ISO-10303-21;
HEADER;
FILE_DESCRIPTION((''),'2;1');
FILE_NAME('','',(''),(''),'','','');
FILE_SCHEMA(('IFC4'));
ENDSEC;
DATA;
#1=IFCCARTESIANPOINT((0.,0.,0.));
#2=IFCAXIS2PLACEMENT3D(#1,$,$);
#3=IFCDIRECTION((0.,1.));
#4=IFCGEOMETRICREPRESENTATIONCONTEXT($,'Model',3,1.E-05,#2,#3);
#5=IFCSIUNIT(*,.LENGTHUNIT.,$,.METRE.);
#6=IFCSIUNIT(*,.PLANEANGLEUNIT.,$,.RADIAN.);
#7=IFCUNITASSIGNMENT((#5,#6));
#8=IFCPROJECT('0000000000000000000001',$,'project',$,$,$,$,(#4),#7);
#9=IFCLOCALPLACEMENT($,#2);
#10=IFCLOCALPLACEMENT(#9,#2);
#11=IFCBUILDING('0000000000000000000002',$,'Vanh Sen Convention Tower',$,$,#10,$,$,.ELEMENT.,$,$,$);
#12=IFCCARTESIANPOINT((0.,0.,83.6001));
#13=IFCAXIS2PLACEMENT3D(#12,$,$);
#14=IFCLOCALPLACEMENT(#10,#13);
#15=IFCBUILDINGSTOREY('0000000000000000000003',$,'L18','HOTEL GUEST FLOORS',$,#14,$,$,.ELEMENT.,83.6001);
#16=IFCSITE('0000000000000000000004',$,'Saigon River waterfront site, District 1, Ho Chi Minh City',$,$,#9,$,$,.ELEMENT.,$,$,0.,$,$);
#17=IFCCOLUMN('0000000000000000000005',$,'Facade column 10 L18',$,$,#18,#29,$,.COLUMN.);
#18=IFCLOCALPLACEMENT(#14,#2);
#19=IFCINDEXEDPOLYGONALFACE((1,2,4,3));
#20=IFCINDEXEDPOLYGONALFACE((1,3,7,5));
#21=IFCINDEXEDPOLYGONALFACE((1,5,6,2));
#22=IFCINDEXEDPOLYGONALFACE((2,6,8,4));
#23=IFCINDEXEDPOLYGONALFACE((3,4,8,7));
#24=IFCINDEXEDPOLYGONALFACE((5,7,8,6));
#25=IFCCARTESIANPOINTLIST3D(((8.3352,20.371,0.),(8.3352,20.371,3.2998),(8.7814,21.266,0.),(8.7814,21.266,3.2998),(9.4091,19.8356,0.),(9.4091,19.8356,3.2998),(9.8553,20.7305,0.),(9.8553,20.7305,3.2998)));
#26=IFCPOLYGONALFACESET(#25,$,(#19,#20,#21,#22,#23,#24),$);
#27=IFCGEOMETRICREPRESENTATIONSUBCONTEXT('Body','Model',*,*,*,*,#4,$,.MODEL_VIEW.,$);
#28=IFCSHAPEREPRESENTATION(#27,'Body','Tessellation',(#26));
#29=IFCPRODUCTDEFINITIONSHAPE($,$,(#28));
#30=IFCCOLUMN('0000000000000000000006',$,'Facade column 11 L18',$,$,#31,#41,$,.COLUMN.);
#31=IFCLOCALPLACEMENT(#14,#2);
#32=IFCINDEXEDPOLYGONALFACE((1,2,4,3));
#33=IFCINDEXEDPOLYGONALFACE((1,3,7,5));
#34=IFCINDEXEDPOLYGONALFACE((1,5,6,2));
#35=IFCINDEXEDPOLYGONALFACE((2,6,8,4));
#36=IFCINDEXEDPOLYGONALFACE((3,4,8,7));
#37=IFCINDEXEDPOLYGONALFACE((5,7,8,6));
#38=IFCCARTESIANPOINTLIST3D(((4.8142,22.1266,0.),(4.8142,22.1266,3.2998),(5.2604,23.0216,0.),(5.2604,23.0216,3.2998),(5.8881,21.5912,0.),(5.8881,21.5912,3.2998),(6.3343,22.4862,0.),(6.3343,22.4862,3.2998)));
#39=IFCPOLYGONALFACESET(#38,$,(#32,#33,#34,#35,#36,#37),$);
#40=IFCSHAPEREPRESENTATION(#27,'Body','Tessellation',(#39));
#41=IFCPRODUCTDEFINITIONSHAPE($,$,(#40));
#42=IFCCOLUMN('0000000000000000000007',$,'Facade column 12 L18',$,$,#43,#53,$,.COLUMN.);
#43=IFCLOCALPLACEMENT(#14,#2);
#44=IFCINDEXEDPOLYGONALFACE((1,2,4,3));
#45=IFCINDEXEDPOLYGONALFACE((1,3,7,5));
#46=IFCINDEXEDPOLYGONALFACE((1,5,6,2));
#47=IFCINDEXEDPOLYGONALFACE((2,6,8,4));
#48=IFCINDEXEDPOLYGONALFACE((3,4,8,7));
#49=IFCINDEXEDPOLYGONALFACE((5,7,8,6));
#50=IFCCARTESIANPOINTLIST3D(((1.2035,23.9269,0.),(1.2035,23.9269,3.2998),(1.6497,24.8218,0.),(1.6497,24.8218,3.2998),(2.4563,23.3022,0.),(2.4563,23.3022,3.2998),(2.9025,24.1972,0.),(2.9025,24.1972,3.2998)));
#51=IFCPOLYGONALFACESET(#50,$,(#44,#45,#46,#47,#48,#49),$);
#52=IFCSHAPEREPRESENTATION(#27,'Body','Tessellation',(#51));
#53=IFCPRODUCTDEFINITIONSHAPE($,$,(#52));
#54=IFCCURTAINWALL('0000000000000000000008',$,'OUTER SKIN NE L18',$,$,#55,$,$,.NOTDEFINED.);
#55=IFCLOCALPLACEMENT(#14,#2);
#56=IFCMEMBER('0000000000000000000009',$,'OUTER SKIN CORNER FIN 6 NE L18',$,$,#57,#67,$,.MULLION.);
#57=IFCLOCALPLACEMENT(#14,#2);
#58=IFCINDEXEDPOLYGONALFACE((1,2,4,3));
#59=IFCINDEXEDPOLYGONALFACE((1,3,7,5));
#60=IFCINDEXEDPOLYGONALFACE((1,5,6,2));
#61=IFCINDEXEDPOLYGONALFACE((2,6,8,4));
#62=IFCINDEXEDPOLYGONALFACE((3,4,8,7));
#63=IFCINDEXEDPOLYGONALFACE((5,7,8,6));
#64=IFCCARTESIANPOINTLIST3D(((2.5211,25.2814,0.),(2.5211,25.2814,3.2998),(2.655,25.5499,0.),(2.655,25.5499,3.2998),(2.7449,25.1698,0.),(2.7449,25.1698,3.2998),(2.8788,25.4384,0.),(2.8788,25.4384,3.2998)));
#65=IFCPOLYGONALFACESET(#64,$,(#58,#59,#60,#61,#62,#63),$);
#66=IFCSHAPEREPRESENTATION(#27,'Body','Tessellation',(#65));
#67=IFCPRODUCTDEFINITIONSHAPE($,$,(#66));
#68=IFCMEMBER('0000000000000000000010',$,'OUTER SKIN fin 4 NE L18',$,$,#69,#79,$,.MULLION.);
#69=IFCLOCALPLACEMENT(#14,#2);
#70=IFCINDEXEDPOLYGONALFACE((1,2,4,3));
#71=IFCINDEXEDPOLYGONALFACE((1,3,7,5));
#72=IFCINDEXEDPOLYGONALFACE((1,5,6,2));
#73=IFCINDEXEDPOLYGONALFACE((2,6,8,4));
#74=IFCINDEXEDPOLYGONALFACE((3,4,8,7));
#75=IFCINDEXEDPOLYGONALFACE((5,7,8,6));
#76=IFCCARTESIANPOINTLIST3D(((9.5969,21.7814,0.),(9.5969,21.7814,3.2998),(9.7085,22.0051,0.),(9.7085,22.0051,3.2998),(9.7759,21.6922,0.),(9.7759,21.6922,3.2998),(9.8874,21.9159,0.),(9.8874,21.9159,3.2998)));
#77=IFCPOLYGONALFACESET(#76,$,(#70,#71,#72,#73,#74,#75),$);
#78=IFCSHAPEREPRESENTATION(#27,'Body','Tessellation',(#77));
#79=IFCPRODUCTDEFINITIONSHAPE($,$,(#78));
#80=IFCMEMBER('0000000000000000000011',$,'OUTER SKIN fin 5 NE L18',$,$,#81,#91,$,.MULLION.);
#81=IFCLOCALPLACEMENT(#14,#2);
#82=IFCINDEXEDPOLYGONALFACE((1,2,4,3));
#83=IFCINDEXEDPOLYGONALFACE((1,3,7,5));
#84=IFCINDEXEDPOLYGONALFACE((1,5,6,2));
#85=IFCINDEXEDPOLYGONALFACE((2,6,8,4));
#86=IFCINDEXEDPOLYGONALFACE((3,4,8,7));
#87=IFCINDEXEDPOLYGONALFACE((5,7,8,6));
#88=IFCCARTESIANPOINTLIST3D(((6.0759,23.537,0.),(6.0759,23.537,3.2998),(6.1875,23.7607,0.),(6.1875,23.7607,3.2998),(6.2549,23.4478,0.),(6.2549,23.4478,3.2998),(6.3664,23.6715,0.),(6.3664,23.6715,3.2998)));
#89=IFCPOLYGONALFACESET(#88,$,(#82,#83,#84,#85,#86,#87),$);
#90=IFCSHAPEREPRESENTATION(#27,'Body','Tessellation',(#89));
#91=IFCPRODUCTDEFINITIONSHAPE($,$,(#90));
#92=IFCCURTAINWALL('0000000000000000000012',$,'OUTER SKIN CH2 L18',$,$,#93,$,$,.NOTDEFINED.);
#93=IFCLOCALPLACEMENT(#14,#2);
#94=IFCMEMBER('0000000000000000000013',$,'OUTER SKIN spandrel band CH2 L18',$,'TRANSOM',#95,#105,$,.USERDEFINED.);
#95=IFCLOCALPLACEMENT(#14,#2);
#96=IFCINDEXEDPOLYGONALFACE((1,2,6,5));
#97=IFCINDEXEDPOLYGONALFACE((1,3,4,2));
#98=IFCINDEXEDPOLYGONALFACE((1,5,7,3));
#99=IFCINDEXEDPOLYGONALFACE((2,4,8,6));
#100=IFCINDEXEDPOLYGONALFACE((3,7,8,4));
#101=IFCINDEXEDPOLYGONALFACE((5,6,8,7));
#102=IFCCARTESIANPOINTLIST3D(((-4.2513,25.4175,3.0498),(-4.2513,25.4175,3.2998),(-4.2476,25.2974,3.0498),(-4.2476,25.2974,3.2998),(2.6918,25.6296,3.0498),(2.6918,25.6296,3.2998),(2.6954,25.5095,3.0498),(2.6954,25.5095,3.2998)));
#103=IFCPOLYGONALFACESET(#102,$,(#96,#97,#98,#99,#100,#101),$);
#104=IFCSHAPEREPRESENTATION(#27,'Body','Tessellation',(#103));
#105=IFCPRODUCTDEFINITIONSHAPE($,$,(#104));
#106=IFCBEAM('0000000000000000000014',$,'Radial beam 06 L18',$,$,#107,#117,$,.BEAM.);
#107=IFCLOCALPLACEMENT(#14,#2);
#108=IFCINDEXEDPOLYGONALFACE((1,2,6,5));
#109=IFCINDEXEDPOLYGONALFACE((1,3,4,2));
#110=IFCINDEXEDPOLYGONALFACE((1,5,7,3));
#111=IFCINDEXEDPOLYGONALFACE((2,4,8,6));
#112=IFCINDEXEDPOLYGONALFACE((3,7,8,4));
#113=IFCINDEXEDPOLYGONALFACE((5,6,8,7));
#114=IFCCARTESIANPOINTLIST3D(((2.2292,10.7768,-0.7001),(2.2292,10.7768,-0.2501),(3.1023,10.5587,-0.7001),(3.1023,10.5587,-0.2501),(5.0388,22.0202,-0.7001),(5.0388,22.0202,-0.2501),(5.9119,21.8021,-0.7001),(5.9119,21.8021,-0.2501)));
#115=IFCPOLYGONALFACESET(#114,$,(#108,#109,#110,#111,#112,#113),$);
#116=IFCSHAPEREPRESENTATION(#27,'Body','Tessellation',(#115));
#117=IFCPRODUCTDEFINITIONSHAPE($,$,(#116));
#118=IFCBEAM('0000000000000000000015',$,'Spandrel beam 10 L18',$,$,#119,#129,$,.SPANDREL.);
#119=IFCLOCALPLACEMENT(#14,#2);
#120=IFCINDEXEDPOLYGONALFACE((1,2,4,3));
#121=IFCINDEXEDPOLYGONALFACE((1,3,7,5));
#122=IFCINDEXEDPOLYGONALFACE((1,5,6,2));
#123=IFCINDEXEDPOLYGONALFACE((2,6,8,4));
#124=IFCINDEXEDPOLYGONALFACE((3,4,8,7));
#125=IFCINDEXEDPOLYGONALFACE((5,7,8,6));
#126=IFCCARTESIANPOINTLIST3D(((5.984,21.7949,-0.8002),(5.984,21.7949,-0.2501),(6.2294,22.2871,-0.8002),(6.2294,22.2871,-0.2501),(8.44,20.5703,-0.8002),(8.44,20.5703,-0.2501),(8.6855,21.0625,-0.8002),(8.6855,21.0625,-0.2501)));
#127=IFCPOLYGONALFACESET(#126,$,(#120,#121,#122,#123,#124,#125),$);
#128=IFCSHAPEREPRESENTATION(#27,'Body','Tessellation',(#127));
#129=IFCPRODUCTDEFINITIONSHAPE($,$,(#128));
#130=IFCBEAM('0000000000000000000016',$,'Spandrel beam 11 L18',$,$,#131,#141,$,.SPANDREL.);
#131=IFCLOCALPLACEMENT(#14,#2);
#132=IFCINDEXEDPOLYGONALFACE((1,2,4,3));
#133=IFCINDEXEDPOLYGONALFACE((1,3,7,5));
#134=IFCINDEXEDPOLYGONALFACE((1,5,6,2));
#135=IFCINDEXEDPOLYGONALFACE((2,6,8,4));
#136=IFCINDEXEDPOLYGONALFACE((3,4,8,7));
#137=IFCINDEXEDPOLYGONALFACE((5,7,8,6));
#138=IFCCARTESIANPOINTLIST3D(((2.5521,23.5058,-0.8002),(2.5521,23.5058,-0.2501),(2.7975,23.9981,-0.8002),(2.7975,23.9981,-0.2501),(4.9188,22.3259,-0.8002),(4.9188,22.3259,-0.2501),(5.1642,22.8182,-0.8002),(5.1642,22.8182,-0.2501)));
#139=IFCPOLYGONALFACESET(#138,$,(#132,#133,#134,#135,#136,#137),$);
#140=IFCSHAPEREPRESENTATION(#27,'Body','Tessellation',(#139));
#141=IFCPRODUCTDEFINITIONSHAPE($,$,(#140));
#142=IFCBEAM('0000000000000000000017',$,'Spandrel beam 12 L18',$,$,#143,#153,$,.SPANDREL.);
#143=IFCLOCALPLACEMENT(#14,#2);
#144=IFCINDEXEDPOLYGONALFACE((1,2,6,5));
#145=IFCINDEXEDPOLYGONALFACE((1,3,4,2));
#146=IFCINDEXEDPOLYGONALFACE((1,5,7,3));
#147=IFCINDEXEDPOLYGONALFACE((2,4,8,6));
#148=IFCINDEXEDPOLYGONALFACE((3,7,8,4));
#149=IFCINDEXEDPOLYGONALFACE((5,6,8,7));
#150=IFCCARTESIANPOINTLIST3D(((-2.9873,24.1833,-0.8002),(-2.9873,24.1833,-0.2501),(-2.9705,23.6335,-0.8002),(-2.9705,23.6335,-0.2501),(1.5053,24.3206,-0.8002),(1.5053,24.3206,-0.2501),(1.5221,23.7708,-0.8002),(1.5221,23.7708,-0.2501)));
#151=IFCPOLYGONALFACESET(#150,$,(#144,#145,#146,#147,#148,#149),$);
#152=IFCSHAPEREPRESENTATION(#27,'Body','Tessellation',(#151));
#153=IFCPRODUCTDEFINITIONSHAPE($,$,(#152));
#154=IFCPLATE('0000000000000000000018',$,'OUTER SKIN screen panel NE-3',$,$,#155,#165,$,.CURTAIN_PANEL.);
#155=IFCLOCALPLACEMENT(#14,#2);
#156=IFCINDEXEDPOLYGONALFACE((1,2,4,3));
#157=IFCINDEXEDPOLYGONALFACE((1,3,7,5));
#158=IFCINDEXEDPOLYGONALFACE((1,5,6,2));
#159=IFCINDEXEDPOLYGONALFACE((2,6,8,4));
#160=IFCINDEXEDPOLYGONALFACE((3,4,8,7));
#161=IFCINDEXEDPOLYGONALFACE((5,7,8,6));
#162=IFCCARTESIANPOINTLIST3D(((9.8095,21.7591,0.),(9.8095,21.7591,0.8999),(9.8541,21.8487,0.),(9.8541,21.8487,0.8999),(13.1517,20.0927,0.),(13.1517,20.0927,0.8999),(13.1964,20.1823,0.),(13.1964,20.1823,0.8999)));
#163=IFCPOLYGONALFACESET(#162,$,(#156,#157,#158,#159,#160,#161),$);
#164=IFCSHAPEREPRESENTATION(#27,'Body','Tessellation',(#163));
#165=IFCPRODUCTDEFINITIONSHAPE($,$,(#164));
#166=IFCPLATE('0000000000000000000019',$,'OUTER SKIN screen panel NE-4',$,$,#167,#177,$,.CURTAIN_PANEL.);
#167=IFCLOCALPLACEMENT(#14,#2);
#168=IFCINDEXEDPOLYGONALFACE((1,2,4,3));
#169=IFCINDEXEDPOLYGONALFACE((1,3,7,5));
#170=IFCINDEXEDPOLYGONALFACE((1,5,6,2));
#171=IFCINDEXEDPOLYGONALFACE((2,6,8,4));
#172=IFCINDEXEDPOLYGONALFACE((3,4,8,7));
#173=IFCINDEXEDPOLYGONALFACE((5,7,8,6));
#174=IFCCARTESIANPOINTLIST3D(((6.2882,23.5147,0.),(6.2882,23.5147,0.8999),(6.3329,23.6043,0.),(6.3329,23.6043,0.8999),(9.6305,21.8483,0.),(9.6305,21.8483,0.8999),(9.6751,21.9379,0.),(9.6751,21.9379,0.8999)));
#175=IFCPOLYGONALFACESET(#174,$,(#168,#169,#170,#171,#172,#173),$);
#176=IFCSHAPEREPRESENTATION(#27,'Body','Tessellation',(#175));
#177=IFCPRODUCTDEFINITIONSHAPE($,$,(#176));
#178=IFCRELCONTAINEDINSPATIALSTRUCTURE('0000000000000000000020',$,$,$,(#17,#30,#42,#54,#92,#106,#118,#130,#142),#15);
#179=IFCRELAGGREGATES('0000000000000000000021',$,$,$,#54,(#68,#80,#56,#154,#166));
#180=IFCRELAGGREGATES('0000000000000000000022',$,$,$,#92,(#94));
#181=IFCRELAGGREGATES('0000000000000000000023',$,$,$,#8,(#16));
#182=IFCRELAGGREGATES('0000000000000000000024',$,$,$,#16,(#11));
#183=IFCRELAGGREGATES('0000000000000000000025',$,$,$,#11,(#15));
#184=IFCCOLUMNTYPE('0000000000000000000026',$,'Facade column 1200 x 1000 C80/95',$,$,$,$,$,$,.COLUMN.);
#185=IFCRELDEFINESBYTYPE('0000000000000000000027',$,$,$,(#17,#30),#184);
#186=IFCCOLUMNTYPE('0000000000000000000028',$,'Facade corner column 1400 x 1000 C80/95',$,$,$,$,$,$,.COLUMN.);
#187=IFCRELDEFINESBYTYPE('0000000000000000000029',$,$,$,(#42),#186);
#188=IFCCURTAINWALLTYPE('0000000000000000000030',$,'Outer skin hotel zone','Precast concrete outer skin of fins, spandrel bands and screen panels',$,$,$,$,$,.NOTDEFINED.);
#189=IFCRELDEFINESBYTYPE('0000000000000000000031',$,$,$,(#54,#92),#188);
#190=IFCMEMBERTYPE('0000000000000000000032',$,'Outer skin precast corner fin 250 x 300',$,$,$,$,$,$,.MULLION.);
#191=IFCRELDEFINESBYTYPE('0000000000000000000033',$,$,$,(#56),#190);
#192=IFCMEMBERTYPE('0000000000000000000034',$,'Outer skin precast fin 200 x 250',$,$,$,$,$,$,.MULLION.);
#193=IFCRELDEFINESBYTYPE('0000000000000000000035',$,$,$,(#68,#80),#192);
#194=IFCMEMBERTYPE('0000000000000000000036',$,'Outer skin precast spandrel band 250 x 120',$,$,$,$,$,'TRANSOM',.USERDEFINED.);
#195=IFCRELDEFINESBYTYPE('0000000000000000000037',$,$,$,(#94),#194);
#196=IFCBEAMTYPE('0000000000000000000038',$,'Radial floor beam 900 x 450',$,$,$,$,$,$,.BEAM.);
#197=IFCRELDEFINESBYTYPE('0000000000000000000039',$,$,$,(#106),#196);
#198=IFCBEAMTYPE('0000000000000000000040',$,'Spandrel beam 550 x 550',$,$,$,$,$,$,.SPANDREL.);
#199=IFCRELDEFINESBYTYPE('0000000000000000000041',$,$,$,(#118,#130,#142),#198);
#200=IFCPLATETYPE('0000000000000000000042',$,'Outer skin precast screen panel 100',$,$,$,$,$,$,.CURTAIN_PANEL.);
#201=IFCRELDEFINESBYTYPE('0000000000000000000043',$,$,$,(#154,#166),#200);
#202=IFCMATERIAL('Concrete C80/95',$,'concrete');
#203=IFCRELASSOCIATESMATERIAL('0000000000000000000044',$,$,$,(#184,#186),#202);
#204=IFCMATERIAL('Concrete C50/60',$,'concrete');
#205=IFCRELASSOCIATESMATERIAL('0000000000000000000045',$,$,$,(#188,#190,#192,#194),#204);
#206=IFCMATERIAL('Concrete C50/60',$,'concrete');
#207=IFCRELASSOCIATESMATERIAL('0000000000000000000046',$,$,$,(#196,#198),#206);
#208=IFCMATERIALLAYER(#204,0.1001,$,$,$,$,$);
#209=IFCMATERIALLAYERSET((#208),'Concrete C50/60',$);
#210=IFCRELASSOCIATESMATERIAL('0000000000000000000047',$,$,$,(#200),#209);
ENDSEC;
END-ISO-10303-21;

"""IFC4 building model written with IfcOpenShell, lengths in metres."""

from ifc_helpers import new_model, si_unit, direction, frame, origin, origin_2d, place, context, subcontext, project, spatial, rectangle, extrude, material, layer, layer_set, material_profile, profile_set, type_object, element, aggregate, save


model = new_model("IFC4")

# Units and contexts
model_context = context("Model", 3, precision=1e-05, world=origin(), true_north=direction((0.0, 1.0)))
body_context = subcontext(model_context, "Body", "Model", "MODEL_VIEW")
ifc_project = project(units=[si_unit("LENGTHUNIT", "METRE"), si_unit("PLANEANGLEUNIT", "RADIAN")], contexts=[model_context])

# Site, building, storey
site_placement = place(None, origin())
site = spatial("IfcSite", under=ifc_project, at=site_placement, Name="Saigon River waterfront site, District 1, Ho Chi Minh City", CompositionType="ELEMENT", RefElevation=0.0)
building_placement = place(site_placement, origin())
building = spatial("IfcBuilding", under=site, at=building_placement, Name="Vanh Sen Convention Tower", CompositionType="ELEMENT")
storey_placement = place(building_placement, frame((0.0, 0.0, 83.6001)))
storey = spatial("IfcBuildingStorey", under=building, at=storey_placement, Name="L18", Description="HOTEL GUEST FLOORS", CompositionType="ELEMENT", Elevation=83.6001)

# Columns
ifc_material_1 = material(Name="Concrete C80/95", Category="concrete")
ifc_material_profile_1 = material_profile(ifc_material_1, rectangle(XDim=1.2, YDim=1.0, at=origin_2d()), Name="RC 1200X1000")
ifc_profile_set_1 = profile_set([ifc_material_profile_1], Name="Concrete C80/95")
column_type_1 = type_object("IfcColumnType", Name="Facade column 1200 x 1000 C80/95", PredefinedType="COLUMN", material=ifc_profile_set_1)
for number, where, z_axis, x_axis, name in (
    (1, (9.0952, 20.5508, 0.0), (0.0, 0.0, 1.0), (-0.894934, 0.446198, 0.0), "Facade column 10 L18"),
    (2, (5.5742, 22.3064, 0.0), (0.0, 0.0, 1.0), (-0.894934, 0.446198, 0.0), "Facade column 11 L18"),
):
    element("IfcColumn", number, at=place(storey_placement, frame(where, z_axis=z_axis, x_axis=x_axis)), inside=storey, type_object=column_type_1, Name=name, PredefinedType="COLUMN", context=body_context, shape_type="SweptSolid", body=[
        extrude(rectangle(XDim=1.2, YDim=1.0, at=origin_2d()), origin(), (0.0, 0.0, 1.0), 3.2998),
    ])
ifc_material_profile_2 = material_profile(ifc_material_1, rectangle(XDim=1.3999, YDim=1.0, at=origin_2d()), Name="RC 1400X1000")
ifc_profile_set_2 = profile_set([ifc_material_profile_2], Name="Concrete C80/95")
column_type_2 = type_object("IfcColumnType", Name="Facade corner column 1400 x 1000 C80/95", PredefinedType="COLUMN", material=ifc_profile_set_2)
column_placement = place(storey_placement, frame((2.053, 24.062, 0.0), z_axis=(0.0, 0.0, 1.0), x_axis=(-0.894934, 0.446198, 0.0)))
element("IfcColumn", 3, at=column_placement, inside=storey, type_object=column_type_2, Name="Facade column 12 L18", PredefinedType="COLUMN", context=body_context, shape_type="SweptSolid", body=[
    extrude(rectangle(XDim=1.3999, YDim=1.0, at=origin_2d()), origin(), (0.0, 0.0, 1.0), 3.2998),
])

# Curtain wall, members
ifc_material_2 = material(Name="Concrete C50/60", Category="concrete")
curtain_wall_type = type_object("IfcCurtainWallType", Name="Outer skin hotel zone", Description="Precast concrete outer skin of fins, spandrel bands and screen panels", PredefinedType="NOTDEFINED", material=ifc_material_2)
curtain_wall_1_placement = place(storey_placement, origin())
curtain_wall_1 = element("IfcCurtainWall", 4, at=curtain_wall_1_placement, inside=storey, type_object=curtain_wall_type, Name="OUTER SKIN NE L18", PredefinedType="NOTDEFINED")
ifc_material_profile_3 = material_profile(ifc_material_2, rectangle(XDim=0.25, YDim=0.3, at=origin_2d()), Name="Outer skin precast corner fin 250 x 300")
ifc_profile_set_3 = profile_set([ifc_material_profile_3], Name="Concrete C50/60")
member_type_1 = type_object("IfcMemberType", Name="Outer skin precast corner fin 250 x 300", PredefinedType="MULLION", material=ifc_profile_set_3)
member_1_placement = place(storey_placement, frame((2.7, 25.3599, 0.0), z_axis=(0.0, 0.0, 1.0), x_axis=(-0.894934, 0.446198, 0.0)))
member_1 = element("IfcMember", 5, at=member_1_placement, type_object=member_type_1, Name="OUTER SKIN CORNER FIN 6 NE L18", PredefinedType="MULLION", context=body_context, shape_type="SweptSolid", body=[
    extrude(rectangle(XDim=0.25, YDim=0.3, at=origin_2d()), origin(), (0.0, 0.0, 1.0), 3.2998),
])
ifc_material_profile_4 = material_profile(ifc_material_2, rectangle(XDim=0.2, YDim=0.25, at=origin_2d()), Name="Outer skin precast fin 200 x 250")
ifc_profile_set_4 = profile_set([ifc_material_profile_4], Name="Concrete C50/60")
member_type_2 = type_object("IfcMemberType", Name="Outer skin precast fin 200 x 250", PredefinedType="MULLION", material=ifc_profile_set_4)
member_2_placement = place(storey_placement, frame((9.7422, 21.8486, 0.0), z_axis=(0.0, 0.0, 1.0), x_axis=(-0.894934, 0.446198, 0.0)))
member_2 = element("IfcMember", 6, at=member_2_placement, type_object=member_type_2, Name="OUTER SKIN fin 4 NE L18", PredefinedType="MULLION", context=body_context, shape_type="SweptSolid", body=[
    extrude(rectangle(XDim=0.2, YDim=0.25, at=origin_2d()), origin(), (0.0, 0.0, 1.0), 3.2998),
])
member_3_placement = place(storey_placement, frame((6.2212, 23.6042, 0.0), z_axis=(0.0, 0.0, 1.0), x_axis=(-0.894934, 0.446198, 0.0)))
member_3 = element("IfcMember", 7, at=member_3_placement, type_object=member_type_2, Name="OUTER SKIN fin 5 NE L18", PredefinedType="MULLION", context=body_context, shape_type="SweptSolid", body=[
    extrude(rectangle(XDim=0.2, YDim=0.25, at=origin_2d()), origin(), (0.0, 0.0, 1.0), 3.2998),
])

# Curtain wall, member
curtain_wall_2_placement = place(storey_placement, origin())
curtain_wall_2 = element("IfcCurtainWall", 8, at=curtain_wall_2_placement, inside=storey, type_object=curtain_wall_type, Name="OUTER SKIN CH2 L18", PredefinedType="NOTDEFINED")
ifc_material_profile_5 = material_profile(ifc_material_2, rectangle(XDim=0.1201, YDim=0.25, at=origin_2d()), Name="Outer skin precast spandrel band 250 x 120")
ifc_profile_set_5 = profile_set([ifc_material_profile_5], Name="Concrete C50/60")
member_type_3 = type_object("IfcMemberType", Name="Outer skin precast spandrel band 250 x 120", ElementType="TRANSOM", PredefinedType="USERDEFINED", material=ifc_profile_set_5)
member_4_placement = place(storey_placement, frame((2.6936, 25.5696, 3.1748), z_axis=(-0.999533, -0.030542, 0.0), x_axis=(0.030542, -0.999533, 0.0)))
member_4 = element("IfcMember", 9, at=member_4_placement, type_object=member_type_3, Name="OUTER SKIN spandrel band CH2 L18", ObjectType="TRANSOM", PredefinedType="USERDEFINED", context=body_context, shape_type="SweptSolid", body=[
    extrude(rectangle(XDim=0.1201, YDim=0.25, at=origin_2d()), origin(), (0.0, 0.0, 1.0), 6.9463),
])

# Beams
ifc_material_3 = material(Name="Concrete C50/60", Category="concrete")
ifc_material_profile_6 = material_profile(ifc_material_3, rectangle(XDim=0.8999, YDim=0.45, at=origin_2d()), Name="RC 900X450")
ifc_profile_set_6 = profile_set([ifc_material_profile_6], Name="Concrete C50/60")
beam_type_1 = type_object("IfcBeamType", Name="Radial floor beam 900 x 450", PredefinedType="BEAM", material=ifc_profile_set_6)
beam_1_placement = place(storey_placement, frame((5.4753, 21.9111, -0.4751), z_axis=(-0.242432, -0.970169, 0.0), x_axis=(0.970169, -0.242432, 0.0)))
element("IfcBeam", 10, at=beam_1_placement, inside=storey, type_object=beam_type_1, Name="Radial beam 06 L18", PredefinedType="BEAM", context=body_context, shape_type="SweptSolid", body=[
    extrude(rectangle(XDim=0.8999, YDim=0.45, at=origin_2d()), origin(), (0.0, 0.0, 1.0), 11.5891),
])
ifc_material_profile_7 = material_profile(ifc_material_3, rectangle(XDim=0.55, YDim=0.55, at=origin_2d()), Name="RC 550X550")
ifc_profile_set_7 = profile_set([ifc_material_profile_7], Name="Concrete C50/60")
beam_type_2 = type_object("IfcBeamType", Name="Spandrel beam 550 x 550", PredefinedType="SPANDREL", material=ifc_profile_set_7)
beam_2_placement = place(storey_placement, frame((8.5627, 20.8164, -0.5251), z_axis=(-0.894925, 0.446217, 0.0), x_axis=(-0.446217, -0.894925, 0.0)))
element("IfcBeam", 11, at=beam_2_placement, inside=storey, type_object=beam_type_2, Name="Spandrel beam 10 L18", PredefinedType="SPANDREL", context=body_context, shape_type="SweptSolid", body=[
    extrude(rectangle(XDim=0.55, YDim=0.55, at=origin_2d()), origin(), (0.0, 0.0, 1.0), 2.7444),
])
beam_3_placement = place(storey_placement, frame((5.0415, 22.572, -0.5251), z_axis=(-0.894944, 0.446179, 0.0), x_axis=(-0.446179, -0.894944, 0.0)))
element("IfcBeam", 12, at=beam_3_placement, inside=storey, type_object=beam_type_2, Name="Spandrel beam 11 L18", PredefinedType="SPANDREL", context=body_context, shape_type="SweptSolid", body=[
    extrude(rectangle(XDim=0.55, YDim=0.55, at=origin_2d()), origin(), (0.0, 0.0, 1.0), 2.6445),
])
beam_4_placement = place(storey_placement, frame((1.5137, 24.0457, -0.5251), z_axis=(-0.999534, -0.030528, 0.0), x_axis=(0.030528, -0.999534, 0.0)))
element("IfcBeam", 13, at=beam_4_placement, inside=storey, type_object=beam_type_2, Name="Spandrel beam 12 L18", PredefinedType="SPANDREL", context=body_context, shape_type="SweptSolid", body=[
    extrude(rectangle(XDim=0.55, YDim=0.55, at=origin_2d()), origin(), (0.0, 0.0, 1.0), 4.4946),
])

# Plates
ifc_layer_1 = layer(ifc_material_2, 0.1001)
ifc_layer_set_1 = layer_set([ifc_layer_1], Name="Concrete C50/60")
plate_type = type_object("IfcPlateType", Name="Outer skin precast screen panel 100", PredefinedType="CURTAIN_PANEL", material=ifc_layer_set_1)
plate_1_placement = place(storey_placement, frame((11.5029, 20.9707, 0.0), z_axis=(0.0, 0.0, 1.0), x_axis=(-0.894935, 0.446196, 0.0)))
plate_1 = element("IfcPlate", 14, at=plate_1_placement, type_object=plate_type, Name="OUTER SKIN screen panel NE-3", PredefinedType="CURTAIN_PANEL", context=body_context, shape_type="SweptSolid", body=[
    extrude(rectangle(XDim=3.7346, YDim=0.1001, at=origin_2d()), origin(), (0.0, 0.0, 1.0), 0.8999),
])
plate_2_placement = place(storey_placement, frame((7.9817, 22.7263, 0.0), z_axis=(0.0, 0.0, 1.0), x_axis=(-0.894935, 0.446196, 0.0)))
plate_2 = element("IfcPlate", 15, at=plate_2_placement, type_object=plate_type, Name="OUTER SKIN screen panel NE-4", PredefinedType="CURTAIN_PANEL", context=body_context, shape_type="SweptSolid", body=[
    extrude(rectangle(XDim=3.7346, YDim=0.1001, at=origin_2d()), origin(), (0.0, 0.0, 1.0), 0.8999),
])
aggregate(curtain_wall_1, [member_2, member_3, member_1, plate_1, plate_2])
aggregate(curtain_wall_2, [member_4])

save(model, "model.ifc")
